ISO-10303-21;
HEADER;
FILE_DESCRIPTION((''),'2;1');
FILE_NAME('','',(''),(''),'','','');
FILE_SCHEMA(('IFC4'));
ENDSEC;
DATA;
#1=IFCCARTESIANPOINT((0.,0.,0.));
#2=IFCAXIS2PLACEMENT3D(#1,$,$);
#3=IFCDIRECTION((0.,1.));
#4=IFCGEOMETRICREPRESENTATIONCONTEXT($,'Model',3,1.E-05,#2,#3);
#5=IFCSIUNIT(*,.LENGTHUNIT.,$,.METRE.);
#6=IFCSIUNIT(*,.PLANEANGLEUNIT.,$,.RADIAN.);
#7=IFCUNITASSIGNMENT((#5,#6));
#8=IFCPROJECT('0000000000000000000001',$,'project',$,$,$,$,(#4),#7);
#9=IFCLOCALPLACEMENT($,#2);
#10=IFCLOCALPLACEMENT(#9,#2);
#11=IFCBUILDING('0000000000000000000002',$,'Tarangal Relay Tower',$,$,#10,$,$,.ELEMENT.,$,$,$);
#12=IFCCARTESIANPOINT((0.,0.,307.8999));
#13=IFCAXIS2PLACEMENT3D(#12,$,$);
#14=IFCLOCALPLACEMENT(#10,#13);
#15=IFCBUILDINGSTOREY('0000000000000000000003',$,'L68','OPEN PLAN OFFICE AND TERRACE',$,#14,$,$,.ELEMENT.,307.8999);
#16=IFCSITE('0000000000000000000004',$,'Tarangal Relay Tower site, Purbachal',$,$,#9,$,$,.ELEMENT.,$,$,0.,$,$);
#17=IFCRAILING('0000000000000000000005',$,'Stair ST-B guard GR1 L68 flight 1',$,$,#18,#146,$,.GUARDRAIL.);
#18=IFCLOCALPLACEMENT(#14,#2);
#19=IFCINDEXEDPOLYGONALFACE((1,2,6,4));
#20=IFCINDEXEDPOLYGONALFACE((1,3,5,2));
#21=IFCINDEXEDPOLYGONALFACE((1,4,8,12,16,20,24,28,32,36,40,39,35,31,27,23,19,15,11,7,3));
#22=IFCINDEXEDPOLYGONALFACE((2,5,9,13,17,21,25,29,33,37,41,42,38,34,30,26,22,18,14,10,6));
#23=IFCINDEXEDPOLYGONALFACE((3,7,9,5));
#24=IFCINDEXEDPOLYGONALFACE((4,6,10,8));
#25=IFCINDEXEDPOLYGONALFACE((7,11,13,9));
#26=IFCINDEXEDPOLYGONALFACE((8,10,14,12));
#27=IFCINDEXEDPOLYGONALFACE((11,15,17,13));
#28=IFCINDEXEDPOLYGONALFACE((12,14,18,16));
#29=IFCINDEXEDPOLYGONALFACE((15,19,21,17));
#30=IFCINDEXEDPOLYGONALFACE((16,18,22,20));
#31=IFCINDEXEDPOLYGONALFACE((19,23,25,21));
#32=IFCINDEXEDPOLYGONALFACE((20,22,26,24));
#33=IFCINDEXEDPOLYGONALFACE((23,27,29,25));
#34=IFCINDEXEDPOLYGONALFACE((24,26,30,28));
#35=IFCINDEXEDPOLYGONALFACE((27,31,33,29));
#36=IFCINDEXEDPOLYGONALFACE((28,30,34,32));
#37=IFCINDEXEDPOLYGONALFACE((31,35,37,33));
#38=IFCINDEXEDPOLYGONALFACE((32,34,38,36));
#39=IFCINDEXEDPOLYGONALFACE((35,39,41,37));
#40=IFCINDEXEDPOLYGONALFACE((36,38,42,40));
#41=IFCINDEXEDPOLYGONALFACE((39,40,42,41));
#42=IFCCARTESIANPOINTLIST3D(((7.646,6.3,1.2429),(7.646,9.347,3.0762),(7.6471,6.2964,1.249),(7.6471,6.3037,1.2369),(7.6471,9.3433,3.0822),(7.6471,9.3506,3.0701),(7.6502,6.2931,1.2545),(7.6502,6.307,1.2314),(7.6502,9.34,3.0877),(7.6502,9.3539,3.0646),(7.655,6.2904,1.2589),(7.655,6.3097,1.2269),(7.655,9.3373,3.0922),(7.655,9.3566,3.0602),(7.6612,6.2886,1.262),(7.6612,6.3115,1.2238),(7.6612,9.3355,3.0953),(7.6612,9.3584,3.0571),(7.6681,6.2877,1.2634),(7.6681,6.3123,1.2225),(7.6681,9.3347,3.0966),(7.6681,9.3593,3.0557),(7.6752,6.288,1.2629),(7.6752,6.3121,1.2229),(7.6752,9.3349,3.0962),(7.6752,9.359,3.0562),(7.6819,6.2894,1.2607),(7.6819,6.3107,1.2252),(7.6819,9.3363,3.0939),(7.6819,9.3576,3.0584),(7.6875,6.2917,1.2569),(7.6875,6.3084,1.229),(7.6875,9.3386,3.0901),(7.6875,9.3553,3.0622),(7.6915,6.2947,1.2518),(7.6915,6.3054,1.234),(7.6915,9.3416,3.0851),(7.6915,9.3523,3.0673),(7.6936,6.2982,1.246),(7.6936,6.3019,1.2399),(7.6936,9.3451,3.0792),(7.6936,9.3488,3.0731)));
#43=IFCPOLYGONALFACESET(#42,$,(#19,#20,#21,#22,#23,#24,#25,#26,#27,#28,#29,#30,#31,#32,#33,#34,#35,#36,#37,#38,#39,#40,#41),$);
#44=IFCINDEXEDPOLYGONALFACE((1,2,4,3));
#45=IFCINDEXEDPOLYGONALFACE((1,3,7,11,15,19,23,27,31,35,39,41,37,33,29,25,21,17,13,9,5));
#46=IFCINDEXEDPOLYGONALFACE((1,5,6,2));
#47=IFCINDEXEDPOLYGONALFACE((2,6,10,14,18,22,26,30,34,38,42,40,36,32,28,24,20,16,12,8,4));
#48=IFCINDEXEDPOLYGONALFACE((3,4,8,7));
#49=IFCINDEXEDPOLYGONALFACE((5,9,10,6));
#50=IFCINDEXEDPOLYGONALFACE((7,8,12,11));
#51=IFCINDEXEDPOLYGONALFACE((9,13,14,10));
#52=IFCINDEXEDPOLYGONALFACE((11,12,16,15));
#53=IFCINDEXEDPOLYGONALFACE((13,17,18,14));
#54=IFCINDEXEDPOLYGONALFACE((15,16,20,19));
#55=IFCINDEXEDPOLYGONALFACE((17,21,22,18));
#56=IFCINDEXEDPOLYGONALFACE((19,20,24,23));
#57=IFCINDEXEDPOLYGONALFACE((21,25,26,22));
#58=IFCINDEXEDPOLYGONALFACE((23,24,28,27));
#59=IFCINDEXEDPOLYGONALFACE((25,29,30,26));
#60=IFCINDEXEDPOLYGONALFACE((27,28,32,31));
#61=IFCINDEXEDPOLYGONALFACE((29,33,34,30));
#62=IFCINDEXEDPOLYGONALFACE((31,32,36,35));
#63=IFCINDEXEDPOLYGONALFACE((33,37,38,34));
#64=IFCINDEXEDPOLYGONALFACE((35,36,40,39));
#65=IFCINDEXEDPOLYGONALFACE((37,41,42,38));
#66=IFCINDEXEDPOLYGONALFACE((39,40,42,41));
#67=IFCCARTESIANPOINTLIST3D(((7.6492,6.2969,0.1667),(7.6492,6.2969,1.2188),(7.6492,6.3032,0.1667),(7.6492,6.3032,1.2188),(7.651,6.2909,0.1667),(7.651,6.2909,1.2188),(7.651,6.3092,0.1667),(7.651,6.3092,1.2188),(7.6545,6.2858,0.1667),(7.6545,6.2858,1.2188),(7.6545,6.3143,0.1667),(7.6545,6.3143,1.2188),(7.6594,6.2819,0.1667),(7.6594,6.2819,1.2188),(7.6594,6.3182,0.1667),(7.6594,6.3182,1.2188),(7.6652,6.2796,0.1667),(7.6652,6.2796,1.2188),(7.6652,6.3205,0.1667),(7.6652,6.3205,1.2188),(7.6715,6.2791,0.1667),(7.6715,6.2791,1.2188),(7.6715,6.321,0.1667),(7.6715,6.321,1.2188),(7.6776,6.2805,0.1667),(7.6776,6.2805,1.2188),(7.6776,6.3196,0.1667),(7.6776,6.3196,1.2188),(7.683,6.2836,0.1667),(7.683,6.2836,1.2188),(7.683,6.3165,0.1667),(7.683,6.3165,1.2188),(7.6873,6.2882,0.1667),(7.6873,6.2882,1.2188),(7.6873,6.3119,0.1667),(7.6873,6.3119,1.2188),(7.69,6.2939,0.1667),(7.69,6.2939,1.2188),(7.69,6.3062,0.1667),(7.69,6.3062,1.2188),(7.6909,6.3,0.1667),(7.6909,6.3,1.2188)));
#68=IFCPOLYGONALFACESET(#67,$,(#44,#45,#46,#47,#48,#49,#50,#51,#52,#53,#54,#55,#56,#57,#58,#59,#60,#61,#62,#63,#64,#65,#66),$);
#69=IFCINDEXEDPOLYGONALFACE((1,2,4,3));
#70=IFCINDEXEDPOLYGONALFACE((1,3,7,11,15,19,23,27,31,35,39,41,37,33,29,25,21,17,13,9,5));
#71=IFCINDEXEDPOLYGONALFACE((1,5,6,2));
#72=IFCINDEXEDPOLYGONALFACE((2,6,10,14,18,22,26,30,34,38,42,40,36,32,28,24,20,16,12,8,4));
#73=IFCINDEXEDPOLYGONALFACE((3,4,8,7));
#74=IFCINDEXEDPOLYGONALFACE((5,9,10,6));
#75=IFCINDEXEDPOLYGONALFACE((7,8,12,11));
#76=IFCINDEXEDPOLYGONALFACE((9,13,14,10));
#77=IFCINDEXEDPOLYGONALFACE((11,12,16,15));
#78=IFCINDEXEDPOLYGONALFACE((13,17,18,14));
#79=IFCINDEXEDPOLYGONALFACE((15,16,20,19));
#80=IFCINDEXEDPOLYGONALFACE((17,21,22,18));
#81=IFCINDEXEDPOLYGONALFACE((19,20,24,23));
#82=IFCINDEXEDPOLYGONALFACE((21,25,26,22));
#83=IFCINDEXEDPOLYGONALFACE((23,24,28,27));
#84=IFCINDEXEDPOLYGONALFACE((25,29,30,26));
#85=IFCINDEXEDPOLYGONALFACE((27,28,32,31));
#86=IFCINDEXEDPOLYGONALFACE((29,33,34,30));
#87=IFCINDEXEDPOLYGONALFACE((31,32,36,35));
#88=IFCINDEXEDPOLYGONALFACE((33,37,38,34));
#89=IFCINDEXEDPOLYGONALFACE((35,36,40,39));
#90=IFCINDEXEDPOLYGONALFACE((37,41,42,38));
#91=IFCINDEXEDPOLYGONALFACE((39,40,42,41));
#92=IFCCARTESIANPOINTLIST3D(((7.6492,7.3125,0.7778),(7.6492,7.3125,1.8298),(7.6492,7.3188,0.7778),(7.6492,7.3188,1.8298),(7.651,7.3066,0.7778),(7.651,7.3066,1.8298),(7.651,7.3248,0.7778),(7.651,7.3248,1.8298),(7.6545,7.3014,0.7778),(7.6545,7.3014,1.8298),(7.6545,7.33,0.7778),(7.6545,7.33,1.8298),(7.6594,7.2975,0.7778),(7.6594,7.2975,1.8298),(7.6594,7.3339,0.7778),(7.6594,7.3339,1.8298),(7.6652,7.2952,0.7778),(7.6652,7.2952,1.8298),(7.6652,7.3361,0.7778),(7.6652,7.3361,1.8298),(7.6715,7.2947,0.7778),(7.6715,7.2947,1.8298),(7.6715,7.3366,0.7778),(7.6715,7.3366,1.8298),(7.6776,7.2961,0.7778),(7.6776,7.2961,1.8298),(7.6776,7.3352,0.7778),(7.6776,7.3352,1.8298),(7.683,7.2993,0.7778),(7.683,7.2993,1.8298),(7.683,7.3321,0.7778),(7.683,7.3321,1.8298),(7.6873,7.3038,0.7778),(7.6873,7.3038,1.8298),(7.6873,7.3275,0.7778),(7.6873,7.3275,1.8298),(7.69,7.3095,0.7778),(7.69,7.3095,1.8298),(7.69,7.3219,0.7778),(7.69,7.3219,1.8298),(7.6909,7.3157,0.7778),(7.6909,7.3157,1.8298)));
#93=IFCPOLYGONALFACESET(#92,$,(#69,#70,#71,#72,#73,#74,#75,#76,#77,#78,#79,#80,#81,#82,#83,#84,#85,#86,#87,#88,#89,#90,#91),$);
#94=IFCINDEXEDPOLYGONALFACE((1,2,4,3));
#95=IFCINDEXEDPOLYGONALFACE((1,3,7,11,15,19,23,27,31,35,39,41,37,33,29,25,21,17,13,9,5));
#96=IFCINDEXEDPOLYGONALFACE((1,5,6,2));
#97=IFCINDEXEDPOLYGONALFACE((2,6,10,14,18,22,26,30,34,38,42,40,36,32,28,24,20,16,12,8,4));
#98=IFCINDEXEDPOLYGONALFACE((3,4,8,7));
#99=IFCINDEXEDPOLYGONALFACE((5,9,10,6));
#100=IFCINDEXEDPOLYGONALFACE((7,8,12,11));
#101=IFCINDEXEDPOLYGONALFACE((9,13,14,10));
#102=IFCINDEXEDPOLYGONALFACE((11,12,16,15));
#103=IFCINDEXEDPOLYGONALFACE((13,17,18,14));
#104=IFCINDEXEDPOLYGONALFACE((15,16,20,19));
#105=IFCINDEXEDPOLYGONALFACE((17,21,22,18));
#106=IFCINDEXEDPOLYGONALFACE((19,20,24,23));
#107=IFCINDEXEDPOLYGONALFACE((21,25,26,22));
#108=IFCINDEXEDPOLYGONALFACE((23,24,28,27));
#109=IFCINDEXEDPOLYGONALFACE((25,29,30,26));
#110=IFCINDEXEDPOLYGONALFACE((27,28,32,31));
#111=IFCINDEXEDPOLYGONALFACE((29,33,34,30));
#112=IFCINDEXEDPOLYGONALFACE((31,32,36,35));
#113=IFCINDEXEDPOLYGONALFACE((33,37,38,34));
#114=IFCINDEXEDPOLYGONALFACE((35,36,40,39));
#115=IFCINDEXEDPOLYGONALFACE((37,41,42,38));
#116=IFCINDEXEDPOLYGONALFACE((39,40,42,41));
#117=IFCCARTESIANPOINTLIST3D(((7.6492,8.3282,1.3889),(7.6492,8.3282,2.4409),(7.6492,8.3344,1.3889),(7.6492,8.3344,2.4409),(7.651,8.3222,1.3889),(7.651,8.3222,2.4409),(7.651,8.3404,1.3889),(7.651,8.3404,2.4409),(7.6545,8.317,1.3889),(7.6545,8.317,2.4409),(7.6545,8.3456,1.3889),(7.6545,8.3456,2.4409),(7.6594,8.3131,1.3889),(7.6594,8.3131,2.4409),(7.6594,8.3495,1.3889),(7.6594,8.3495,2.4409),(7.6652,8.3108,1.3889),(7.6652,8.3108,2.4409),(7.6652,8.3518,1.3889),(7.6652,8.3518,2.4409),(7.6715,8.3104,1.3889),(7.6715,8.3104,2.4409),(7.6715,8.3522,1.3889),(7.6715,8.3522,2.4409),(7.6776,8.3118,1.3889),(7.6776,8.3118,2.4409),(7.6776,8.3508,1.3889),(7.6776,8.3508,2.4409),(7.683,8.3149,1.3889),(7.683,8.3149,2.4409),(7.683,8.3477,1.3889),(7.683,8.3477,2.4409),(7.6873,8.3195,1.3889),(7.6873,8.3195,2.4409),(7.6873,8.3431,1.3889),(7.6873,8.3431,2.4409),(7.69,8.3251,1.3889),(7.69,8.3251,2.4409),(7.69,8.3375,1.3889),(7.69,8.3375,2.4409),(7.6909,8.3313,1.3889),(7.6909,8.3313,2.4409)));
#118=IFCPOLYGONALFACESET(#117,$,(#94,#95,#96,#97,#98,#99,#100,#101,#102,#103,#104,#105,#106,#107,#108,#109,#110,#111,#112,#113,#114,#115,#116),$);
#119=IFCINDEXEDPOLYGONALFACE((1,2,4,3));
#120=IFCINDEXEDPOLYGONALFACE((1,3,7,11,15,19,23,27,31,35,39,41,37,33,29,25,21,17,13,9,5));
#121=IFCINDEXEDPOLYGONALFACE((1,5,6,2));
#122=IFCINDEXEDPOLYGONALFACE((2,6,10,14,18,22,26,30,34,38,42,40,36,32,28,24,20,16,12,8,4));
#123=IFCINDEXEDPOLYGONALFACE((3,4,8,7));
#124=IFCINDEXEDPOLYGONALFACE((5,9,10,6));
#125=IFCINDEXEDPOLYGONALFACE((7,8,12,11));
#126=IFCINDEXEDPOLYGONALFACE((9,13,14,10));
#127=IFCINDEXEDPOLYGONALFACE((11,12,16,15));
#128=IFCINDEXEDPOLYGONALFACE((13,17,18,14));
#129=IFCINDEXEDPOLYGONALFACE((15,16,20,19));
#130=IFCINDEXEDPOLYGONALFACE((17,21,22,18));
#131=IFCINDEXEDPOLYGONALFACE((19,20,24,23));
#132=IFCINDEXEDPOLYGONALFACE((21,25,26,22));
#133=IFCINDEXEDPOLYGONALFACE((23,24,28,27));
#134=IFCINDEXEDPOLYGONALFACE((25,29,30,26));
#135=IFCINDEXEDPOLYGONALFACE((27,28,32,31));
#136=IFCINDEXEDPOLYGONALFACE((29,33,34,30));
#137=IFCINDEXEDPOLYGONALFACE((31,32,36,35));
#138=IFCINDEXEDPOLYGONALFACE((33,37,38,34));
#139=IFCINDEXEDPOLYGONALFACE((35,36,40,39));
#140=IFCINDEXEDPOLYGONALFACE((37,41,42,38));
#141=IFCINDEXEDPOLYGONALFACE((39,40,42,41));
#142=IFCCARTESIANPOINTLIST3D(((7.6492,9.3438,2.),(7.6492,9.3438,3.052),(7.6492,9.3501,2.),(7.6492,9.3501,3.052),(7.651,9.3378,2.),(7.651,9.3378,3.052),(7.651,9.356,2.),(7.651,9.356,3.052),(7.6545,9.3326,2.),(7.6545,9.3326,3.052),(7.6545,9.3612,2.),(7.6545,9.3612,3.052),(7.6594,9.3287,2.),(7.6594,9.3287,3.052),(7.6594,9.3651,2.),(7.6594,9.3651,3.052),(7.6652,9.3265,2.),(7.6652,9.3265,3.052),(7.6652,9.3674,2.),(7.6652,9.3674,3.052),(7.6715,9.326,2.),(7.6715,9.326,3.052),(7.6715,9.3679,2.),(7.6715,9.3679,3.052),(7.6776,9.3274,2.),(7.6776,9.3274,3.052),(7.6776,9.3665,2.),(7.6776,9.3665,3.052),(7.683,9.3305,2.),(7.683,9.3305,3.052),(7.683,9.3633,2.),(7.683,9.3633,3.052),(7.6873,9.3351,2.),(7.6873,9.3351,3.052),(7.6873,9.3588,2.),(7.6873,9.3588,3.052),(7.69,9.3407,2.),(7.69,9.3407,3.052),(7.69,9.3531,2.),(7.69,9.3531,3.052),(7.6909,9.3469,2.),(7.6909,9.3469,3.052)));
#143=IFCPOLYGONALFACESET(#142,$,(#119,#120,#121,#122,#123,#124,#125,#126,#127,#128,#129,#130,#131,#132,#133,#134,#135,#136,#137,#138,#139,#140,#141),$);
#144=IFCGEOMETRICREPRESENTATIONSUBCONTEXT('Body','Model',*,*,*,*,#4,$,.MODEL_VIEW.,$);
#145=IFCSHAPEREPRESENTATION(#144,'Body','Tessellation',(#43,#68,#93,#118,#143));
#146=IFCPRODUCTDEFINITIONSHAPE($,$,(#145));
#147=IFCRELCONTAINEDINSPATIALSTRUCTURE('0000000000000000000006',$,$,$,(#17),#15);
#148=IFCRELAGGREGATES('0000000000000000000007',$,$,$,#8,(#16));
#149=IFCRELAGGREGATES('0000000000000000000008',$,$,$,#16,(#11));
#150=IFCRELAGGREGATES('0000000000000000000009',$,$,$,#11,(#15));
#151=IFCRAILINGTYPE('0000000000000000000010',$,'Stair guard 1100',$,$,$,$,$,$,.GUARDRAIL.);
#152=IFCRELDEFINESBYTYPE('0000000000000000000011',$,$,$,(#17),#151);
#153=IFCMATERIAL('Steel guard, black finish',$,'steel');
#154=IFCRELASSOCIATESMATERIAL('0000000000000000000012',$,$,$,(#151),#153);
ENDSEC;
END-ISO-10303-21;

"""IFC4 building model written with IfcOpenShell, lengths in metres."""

from ifc_helpers import new_model, si_unit, direction, frame, origin, origin_2d, place, context, subcontext, project, spatial, circle, extrude, material, type_object, element, save


model = new_model("IFC4")

# Units and contexts
model_context = context("Model", 3, precision=1e-05, world=origin(), true_north=direction((0.0, 1.0)))
body_context = subcontext(model_context, "Body", "Model", "MODEL_VIEW")
ifc_project = project(units=[si_unit("LENGTHUNIT", "METRE"), si_unit("PLANEANGLEUNIT", "RADIAN")], contexts=[model_context])

# Site, building, storey
site_placement = place(None, origin())
site = spatial("IfcSite", under=ifc_project, at=site_placement, Name="Tarangal Relay Tower site, Purbachal", CompositionType="ELEMENT", RefElevation=0.0)
building_placement = place(site_placement, origin())
building = spatial("IfcBuilding", under=site, at=building_placement, Name="Tarangal Relay Tower", CompositionType="ELEMENT")
storey_placement = place(building_placement, frame((0.0, 0.0, 307.8999)))
storey = spatial("IfcBuildingStorey", under=building, at=storey_placement, Name="L68", Description="OPEN PLAN OFFICE AND TERRACE", CompositionType="ELEMENT", Elevation=307.8999)

# Railing
ifc_material_1 = material(Name="Steel guard, black finish", Category="steel")
railing_type_1 = type_object("IfcRailingType", Name="Stair guard 1100", PredefinedType="GUARDRAIL", material=ifc_material_1)
railing_1_placement = place(storey_placement, frame((7.6699, 6.3, 0.1667)))
element("IfcRailing", 1, at=railing_1_placement, inside=storey, type_object=railing_type_1, Name="Stair ST-B guard GR1 L68 flight 1", PredefinedType="GUARDRAIL", context=body_context, shape_type="SweptSolid", body=[
    extrude(circle(Radius=0.0239, at=origin_2d()), frame((0.0, 0.0, 1.0762), z_axis=(0.0, 0.856856, 0.515556), x_axis=(-1.0, 0.0, 0.0)), (0.0, 0.0, 1.0), 3.5559),
    extrude(circle(Radius=0.021, at=origin_2d()), origin(), (0.0, 0.0, 1.0), 1.052),
    extrude(circle(Radius=0.021, at=origin_2d()), frame((0.0, 1.0156, 0.6111)), (0.0, 0.0, 1.0), 1.052),
    extrude(circle(Radius=0.021, at=origin_2d()), frame((0.0, 2.0312, 1.2222)), (0.0, 0.0, 1.0), 1.052),
    extrude(circle(Radius=0.021, at=origin_2d()), frame((0.0, 3.0469, 1.8333)), (0.0, 0.0, 1.0), 1.052),
])

save(model, "model.ifc")
